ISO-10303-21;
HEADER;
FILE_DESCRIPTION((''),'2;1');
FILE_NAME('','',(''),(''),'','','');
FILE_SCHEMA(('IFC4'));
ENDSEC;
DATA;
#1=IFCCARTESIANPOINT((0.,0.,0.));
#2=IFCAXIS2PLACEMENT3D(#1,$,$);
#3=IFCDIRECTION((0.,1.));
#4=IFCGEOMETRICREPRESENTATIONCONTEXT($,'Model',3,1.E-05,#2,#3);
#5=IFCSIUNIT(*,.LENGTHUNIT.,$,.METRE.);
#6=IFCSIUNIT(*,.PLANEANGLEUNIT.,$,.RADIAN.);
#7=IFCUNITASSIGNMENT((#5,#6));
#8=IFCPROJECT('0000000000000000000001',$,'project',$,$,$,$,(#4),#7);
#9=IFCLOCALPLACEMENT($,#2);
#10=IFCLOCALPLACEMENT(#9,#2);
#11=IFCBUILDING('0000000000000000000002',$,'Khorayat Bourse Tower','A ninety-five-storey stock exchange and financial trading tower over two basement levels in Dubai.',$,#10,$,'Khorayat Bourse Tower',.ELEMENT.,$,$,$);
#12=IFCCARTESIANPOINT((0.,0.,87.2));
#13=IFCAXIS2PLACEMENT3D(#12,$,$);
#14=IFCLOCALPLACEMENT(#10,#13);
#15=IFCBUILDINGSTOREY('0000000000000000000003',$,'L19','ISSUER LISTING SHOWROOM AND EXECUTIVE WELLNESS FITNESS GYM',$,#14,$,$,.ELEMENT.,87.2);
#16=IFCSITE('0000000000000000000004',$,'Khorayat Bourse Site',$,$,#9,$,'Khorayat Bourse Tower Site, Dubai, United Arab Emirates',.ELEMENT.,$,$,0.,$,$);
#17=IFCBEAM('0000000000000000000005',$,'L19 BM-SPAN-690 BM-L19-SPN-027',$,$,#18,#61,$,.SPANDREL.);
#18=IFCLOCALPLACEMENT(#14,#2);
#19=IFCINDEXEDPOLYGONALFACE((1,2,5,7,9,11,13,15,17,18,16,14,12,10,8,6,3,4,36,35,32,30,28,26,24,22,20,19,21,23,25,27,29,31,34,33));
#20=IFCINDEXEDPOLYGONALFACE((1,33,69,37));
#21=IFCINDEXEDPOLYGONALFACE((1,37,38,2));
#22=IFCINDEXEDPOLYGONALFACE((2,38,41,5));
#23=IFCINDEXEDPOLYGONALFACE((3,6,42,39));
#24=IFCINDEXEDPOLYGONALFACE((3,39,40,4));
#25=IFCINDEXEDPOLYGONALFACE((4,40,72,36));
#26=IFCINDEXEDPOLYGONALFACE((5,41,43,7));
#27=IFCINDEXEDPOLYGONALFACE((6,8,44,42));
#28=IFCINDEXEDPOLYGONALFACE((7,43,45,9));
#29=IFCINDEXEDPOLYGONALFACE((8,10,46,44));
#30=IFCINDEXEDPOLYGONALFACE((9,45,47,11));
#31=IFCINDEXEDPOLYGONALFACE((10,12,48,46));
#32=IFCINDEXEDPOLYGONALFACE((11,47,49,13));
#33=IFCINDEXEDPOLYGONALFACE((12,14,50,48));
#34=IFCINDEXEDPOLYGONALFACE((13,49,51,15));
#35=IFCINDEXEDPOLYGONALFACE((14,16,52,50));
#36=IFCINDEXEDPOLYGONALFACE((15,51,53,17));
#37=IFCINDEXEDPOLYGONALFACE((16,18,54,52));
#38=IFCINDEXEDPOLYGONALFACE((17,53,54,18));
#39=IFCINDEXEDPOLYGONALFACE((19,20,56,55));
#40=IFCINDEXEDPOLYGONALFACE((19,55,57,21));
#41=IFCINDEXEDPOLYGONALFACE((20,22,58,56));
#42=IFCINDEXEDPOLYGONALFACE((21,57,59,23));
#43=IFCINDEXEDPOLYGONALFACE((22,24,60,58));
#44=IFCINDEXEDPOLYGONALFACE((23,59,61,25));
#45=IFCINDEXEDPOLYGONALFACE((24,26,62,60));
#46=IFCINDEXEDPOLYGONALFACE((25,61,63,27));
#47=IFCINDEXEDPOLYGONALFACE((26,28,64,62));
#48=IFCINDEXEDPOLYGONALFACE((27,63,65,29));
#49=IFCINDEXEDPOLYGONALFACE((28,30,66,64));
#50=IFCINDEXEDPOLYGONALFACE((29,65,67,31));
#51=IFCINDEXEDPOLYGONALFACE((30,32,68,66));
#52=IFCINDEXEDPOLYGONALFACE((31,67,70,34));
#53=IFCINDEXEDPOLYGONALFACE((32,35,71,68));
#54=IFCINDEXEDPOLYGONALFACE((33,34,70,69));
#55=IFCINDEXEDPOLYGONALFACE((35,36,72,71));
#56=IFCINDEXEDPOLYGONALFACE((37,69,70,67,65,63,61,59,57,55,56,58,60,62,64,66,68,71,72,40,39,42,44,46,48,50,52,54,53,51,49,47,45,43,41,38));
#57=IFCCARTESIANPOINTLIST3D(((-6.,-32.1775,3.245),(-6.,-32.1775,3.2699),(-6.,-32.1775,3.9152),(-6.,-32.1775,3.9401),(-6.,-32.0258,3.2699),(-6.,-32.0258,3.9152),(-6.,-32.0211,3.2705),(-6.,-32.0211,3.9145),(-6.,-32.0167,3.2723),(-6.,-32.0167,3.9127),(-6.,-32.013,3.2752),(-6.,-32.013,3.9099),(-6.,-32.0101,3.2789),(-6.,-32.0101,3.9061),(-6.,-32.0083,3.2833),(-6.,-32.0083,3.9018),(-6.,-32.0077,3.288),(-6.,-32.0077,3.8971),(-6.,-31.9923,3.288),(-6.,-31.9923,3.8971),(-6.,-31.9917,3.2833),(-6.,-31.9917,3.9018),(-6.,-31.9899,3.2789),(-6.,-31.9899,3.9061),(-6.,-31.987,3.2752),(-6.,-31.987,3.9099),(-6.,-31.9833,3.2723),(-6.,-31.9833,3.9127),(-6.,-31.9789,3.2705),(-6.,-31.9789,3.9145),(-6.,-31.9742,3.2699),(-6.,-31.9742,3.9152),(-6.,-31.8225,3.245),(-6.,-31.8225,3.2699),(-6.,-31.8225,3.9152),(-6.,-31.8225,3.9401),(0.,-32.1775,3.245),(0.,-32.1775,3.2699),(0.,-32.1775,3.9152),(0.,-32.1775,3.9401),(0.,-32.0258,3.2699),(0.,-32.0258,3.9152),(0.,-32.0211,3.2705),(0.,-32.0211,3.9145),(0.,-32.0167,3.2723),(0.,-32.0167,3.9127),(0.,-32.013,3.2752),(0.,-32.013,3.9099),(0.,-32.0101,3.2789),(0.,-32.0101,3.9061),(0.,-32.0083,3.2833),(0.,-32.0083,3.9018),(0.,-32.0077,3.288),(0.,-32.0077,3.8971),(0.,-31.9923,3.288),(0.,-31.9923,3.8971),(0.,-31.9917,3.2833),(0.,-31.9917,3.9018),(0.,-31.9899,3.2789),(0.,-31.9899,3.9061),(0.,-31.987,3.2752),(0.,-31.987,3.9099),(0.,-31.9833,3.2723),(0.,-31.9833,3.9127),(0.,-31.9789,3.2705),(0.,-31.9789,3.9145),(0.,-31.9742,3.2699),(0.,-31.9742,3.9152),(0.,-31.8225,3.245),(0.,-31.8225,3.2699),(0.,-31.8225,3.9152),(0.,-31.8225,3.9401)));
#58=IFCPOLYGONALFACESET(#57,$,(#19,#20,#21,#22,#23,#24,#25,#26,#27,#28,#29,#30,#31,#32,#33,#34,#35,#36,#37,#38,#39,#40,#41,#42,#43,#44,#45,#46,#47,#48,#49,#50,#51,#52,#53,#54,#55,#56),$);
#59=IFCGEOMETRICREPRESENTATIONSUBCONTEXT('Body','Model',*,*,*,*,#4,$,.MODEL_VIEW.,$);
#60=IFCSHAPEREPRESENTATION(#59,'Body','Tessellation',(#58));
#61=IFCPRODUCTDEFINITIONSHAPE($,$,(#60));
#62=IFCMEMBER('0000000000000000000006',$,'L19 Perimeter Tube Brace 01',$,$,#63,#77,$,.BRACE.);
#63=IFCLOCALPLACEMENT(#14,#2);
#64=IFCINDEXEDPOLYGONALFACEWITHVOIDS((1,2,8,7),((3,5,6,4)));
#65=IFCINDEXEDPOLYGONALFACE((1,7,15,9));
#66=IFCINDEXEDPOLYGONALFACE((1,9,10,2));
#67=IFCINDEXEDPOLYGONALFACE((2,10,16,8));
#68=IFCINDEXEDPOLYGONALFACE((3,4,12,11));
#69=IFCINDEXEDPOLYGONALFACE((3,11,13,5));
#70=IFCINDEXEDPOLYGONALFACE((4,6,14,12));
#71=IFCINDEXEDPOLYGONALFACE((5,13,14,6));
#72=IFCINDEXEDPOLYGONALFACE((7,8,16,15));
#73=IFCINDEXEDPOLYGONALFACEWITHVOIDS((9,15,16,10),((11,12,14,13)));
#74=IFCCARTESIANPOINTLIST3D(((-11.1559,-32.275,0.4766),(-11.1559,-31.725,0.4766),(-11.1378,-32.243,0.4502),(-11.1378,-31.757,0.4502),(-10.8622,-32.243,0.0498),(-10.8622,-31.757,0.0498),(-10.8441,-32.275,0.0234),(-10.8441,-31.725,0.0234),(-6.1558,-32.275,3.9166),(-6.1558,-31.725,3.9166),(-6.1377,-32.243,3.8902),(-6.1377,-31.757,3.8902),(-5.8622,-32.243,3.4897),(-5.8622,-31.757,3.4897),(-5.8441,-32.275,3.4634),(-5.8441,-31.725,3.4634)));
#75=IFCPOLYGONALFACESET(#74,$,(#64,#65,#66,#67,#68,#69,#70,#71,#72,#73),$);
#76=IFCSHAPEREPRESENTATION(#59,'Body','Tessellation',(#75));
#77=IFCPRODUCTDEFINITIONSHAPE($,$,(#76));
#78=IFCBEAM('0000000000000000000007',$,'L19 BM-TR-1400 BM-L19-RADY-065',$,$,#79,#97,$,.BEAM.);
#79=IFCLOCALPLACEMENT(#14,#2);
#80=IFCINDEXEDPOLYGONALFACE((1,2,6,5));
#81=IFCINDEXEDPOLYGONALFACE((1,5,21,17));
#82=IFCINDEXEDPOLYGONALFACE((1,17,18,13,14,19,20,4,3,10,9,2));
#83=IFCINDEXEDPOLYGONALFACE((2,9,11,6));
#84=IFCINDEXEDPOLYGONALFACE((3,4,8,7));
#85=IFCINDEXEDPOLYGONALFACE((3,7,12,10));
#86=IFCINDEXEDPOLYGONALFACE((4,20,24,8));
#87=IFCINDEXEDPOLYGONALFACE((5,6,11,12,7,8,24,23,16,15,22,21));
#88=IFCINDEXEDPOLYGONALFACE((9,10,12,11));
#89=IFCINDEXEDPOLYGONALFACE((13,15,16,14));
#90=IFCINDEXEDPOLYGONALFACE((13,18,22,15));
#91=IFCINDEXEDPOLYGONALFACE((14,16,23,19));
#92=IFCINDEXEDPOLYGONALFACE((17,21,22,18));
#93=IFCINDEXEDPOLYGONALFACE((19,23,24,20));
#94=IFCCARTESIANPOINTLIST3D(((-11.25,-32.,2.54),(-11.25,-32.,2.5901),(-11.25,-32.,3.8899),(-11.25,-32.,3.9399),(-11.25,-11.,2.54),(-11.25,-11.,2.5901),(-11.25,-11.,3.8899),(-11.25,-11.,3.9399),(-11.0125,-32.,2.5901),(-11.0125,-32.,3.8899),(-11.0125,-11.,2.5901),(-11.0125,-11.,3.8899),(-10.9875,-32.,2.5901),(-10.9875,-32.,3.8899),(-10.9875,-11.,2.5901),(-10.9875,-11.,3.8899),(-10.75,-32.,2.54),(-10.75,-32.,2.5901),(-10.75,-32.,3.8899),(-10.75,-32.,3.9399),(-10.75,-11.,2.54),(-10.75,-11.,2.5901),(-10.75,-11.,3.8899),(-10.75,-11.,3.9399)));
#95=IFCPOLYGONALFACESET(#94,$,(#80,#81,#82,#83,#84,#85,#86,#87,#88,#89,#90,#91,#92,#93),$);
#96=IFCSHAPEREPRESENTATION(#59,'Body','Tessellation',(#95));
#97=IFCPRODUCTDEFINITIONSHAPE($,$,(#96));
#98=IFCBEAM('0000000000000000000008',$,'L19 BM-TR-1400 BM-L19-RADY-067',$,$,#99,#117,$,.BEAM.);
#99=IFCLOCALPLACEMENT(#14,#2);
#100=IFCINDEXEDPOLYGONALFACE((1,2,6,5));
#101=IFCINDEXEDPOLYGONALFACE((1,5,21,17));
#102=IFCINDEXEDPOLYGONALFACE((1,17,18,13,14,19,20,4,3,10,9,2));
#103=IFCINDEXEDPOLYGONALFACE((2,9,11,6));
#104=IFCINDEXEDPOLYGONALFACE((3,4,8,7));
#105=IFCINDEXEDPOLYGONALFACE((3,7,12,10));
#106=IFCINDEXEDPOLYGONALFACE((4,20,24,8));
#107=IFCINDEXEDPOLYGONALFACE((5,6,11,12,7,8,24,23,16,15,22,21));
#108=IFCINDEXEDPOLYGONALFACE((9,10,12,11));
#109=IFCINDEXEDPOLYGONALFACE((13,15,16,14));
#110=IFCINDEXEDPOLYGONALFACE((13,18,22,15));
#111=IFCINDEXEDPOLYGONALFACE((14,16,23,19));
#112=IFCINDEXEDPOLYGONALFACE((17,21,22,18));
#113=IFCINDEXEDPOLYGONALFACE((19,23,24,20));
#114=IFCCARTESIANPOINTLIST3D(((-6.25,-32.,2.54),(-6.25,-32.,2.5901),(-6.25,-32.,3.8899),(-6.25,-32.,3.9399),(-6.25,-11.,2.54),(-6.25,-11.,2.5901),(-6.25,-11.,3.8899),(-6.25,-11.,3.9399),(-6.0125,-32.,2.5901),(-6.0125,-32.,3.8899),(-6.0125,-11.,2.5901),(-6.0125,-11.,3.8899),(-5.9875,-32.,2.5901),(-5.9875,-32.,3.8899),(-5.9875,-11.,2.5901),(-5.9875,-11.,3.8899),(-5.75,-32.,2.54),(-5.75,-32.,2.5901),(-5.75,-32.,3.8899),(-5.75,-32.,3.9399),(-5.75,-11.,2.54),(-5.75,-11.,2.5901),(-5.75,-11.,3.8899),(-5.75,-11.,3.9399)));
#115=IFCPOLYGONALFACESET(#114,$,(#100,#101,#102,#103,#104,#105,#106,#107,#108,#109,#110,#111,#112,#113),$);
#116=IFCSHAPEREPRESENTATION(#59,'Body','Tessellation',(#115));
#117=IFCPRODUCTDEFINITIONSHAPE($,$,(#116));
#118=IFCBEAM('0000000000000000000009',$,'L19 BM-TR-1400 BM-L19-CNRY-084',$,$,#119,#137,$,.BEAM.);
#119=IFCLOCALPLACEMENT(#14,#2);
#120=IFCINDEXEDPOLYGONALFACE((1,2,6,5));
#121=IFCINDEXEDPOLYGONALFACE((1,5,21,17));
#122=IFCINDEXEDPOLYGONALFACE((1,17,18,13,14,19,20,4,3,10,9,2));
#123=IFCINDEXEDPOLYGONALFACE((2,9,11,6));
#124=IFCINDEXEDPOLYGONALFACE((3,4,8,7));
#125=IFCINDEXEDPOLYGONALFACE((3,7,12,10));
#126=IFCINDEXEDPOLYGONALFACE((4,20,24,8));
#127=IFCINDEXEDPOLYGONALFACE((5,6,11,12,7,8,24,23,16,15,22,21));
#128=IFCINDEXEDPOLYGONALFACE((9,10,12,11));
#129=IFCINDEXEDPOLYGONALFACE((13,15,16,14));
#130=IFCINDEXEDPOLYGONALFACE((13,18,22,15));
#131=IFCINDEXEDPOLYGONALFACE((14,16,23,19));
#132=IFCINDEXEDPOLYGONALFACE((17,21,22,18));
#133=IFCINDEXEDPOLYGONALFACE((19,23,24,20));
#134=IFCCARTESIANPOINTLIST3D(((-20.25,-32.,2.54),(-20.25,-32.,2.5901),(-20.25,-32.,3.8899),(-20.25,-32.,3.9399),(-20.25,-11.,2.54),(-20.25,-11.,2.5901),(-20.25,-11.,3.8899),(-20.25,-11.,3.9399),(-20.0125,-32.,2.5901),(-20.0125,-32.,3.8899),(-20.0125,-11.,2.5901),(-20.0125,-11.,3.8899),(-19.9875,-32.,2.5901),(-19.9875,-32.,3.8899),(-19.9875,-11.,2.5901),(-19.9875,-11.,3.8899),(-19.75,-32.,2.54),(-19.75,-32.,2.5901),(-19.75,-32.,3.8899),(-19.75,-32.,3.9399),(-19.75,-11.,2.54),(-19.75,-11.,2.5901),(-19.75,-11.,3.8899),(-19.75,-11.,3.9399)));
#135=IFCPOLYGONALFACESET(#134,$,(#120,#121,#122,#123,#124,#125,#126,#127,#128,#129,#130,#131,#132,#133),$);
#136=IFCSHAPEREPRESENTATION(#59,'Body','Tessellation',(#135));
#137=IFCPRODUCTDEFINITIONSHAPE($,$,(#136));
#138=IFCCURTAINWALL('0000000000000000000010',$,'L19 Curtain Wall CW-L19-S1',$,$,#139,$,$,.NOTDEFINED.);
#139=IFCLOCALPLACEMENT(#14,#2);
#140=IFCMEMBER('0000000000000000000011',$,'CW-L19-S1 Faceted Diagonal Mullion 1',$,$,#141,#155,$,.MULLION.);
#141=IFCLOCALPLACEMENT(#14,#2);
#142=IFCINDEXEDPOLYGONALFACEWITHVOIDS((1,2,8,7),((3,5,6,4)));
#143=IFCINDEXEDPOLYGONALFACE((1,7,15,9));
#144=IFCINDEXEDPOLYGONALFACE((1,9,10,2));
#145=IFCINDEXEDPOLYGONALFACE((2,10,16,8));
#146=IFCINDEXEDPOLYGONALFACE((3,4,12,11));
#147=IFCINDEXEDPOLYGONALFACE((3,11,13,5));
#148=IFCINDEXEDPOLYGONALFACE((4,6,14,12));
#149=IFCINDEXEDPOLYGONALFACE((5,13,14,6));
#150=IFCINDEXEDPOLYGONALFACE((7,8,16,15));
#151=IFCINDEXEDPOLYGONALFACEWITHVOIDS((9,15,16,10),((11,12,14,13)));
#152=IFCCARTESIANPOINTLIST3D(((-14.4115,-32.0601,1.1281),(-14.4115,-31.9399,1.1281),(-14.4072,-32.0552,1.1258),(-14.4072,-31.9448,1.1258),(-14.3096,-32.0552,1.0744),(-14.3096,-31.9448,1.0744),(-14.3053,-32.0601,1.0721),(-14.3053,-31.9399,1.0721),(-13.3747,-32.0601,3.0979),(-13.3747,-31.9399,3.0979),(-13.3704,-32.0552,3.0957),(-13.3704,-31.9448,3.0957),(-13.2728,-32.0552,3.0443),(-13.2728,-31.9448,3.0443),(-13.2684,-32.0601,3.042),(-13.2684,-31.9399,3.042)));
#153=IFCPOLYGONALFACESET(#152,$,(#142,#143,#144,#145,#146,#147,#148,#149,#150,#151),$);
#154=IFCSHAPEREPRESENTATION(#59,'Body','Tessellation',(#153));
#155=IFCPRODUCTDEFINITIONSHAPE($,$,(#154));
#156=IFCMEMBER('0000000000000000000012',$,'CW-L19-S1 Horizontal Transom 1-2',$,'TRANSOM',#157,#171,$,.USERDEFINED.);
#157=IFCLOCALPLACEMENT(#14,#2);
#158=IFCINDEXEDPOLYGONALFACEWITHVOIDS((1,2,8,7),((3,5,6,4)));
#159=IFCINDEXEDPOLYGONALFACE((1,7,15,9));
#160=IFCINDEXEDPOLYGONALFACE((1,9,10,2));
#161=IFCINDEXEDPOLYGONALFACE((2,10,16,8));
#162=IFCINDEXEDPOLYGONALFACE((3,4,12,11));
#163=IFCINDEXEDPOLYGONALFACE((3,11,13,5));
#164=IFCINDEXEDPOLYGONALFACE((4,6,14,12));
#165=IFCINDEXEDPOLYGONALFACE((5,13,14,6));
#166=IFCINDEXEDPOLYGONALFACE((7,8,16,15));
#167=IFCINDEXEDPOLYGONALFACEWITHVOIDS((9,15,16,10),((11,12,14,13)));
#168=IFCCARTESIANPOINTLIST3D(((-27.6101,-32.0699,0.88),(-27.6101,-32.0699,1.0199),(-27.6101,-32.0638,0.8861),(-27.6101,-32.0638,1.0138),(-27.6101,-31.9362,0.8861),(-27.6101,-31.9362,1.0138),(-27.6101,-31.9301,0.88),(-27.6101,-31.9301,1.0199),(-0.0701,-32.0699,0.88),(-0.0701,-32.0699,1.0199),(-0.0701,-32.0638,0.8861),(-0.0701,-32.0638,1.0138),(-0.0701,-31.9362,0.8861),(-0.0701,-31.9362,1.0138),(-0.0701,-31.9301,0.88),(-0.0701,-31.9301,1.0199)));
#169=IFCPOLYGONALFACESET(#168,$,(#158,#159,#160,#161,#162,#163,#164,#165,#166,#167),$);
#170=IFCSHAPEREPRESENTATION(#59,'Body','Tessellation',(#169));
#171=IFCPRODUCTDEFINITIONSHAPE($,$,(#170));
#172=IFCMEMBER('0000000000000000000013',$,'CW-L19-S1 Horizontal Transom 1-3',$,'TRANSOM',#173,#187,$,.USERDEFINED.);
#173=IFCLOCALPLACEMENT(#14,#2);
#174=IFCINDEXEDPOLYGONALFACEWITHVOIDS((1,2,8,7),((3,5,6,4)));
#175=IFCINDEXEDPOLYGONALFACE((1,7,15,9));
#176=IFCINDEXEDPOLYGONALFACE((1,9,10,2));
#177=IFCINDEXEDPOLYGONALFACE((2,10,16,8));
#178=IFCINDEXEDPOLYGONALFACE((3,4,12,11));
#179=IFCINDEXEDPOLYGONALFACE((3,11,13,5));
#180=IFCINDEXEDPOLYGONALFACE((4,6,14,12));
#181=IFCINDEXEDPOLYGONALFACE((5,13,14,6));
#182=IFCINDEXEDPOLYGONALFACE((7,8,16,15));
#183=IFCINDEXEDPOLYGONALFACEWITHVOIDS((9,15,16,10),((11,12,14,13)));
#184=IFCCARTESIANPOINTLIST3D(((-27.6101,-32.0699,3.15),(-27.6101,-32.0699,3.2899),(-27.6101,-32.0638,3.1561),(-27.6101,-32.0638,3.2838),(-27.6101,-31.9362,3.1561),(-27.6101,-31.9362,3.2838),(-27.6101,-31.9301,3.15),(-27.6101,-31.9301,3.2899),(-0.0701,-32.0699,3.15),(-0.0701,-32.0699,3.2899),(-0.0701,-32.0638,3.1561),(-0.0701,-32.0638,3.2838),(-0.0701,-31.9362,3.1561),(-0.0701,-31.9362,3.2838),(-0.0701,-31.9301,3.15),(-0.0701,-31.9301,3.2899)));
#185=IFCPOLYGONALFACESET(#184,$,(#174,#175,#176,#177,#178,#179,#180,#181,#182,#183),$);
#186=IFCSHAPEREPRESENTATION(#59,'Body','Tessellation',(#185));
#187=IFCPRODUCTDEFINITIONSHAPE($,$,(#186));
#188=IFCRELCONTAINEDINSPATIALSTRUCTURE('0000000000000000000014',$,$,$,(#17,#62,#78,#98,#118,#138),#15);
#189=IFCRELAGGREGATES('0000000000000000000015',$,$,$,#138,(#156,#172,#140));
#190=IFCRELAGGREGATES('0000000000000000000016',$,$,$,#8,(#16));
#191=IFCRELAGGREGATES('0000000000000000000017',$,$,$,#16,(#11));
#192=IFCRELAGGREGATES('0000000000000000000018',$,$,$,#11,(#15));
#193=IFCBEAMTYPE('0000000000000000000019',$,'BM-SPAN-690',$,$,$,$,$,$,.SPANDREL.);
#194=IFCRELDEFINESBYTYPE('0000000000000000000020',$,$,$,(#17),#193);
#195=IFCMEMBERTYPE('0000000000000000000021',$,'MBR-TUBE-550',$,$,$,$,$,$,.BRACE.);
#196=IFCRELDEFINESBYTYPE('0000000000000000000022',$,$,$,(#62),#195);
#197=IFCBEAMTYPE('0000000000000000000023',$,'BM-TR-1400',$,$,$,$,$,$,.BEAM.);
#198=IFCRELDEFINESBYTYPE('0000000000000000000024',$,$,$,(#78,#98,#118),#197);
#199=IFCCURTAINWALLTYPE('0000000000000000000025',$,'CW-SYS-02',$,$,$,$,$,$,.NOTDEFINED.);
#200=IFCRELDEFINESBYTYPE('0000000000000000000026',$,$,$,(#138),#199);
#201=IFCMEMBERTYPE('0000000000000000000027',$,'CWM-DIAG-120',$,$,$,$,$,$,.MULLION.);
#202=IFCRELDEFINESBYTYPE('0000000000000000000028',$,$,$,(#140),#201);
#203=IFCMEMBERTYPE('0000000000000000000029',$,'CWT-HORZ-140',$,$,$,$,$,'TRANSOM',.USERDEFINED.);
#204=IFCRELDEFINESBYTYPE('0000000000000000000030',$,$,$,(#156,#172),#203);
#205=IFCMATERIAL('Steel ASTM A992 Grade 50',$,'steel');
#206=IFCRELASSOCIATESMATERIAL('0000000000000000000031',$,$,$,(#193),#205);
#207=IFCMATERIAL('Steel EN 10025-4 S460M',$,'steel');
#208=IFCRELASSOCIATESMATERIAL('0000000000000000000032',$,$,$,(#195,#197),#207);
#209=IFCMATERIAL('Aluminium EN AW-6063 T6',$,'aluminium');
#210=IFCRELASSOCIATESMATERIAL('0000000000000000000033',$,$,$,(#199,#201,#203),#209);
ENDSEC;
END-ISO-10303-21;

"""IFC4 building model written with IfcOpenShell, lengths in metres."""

from ifc_helpers import new_model, si_unit, direction, frame, origin, origin_2d, place, context, subcontext, project, spatial, hollow_rectangle, i_section, extrude, source, transform, mapped, material, material_profile, profile_set, type_object, element, aggregate, save


model = new_model("IFC4")

# Units and contexts
model_context = context("Model", 3, precision=1e-05, world=origin(), true_north=direction((0.0, 1.0)))
body_context = subcontext(model_context, "Body", "Model", "MODEL_VIEW")
ifc_project = project(units=[si_unit("LENGTHUNIT", "METRE"), si_unit("PLANEANGLEUNIT", "RADIAN")], contexts=[model_context])

# Site, building, storey
site_placement = place(None, origin())
site = spatial("IfcSite", under=ifc_project, at=site_placement, Name="Khorayat Bourse Site", LongName="Khorayat Bourse Tower Site, Dubai, United Arab Emirates", CompositionType="ELEMENT", RefElevation=0.0)
building_placement = place(site_placement, origin())
building = spatial("IfcBuilding", under=site, at=building_placement, Name="Khorayat Bourse Tower", Description="A ninety-five-storey stock exchange and financial trading tower over two basement levels in Dubai.", LongName="Khorayat Bourse Tower", CompositionType="ELEMENT")
storey_placement = place(building_placement, frame((0.0, 0.0, 87.2)))
storey = spatial("IfcBuildingStorey", under=building, at=storey_placement, Name="L19", Description="ISSUER LISTING SHOWROOM AND EXECUTIVE WELLNESS FITNESS GYM", CompositionType="ELEMENT", Elevation=87.2)

# Shared definitions
ifc_material_1 = material(Name="Steel EN 10025-4 S460M", Category="steel")

# Beam
ifc_material_2 = material(Name="Steel ASTM A992 Grade 50", Category="steel")
ifc_material_profile_1 = material_profile(ifc_material_2, i_section(OverallWidth=0.355, OverallDepth=0.6951, WebThickness=0.0154, FlangeThickness=0.0249, FilletRadius=0.0181, at=origin_2d()), Name="W690X217")
ifc_profile_set_1 = profile_set([ifc_material_profile_1], Name="Steel ASTM A992 Grade 50")
beam_type_1 = type_object("IfcBeamType", Name="BM-SPAN-690", PredefinedType="SPANDREL", material=ifc_profile_set_1)
shared_shape_1 = source(origin(), body_context, "Body", "SweptSolid", [
    extrude(i_section(OverallWidth=0.355, OverallDepth=0.6951, WebThickness=0.0154, FlangeThickness=0.0249, FilletRadius=0.0181, at=origin_2d()), origin(), (0.0, 0.0, 1.0), 6.0),
])
beam_1_placement = place(storey_placement, frame((-6.0, -32.0, 3.5925), z_axis=(1.0, 0.0, 0.0), x_axis=(0.0, 1.0, 0.0)))
element("IfcBeam", 1, at=beam_1_placement, inside=storey, type_object=beam_type_1, Name="L19 BM-SPAN-690 BM-L19-SPN-027", PredefinedType="SPANDREL", context=body_context, shape_type="MappedRepresentation", body=[
    mapped(shared_shape_1, transform((0.0, 0.0, 0.0), scale=1.0)),
])

# Member
ifc_material_profile_2 = material_profile(ifc_material_1, hollow_rectangle(XDim=0.55, YDim=0.55, WallThickness=0.032, at=origin_2d()), Name="HSS 550x550x32")
ifc_profile_set_2 = profile_set([ifc_material_profile_2], Name="Steel EN 10025-4 S460M")
member_type_1 = type_object("IfcMemberType", Name="MBR-TUBE-550", PredefinedType="BRACE", material=ifc_profile_set_2)
shared_shape_2 = source(origin(), body_context, "Body", "SweptSolid", [
    extrude(hollow_rectangle(XDim=0.55, YDim=0.55, WallThickness=0.032, at=origin_2d()), origin(), (0.0, 0.0, 1.0), 6.0691),
])
member_1_placement = place(storey_placement, frame((-11.0, -32.0, 0.25), z_axis=(0.823854, 0.0, 0.566802), x_axis=(0.0, 1.0, 0.0)))
element("IfcMember", 2, at=member_1_placement, inside=storey, type_object=member_type_1, Name="L19 Perimeter Tube Brace 01", PredefinedType="BRACE", context=body_context, shape_type="MappedRepresentation", body=[
    mapped(shared_shape_2, transform((0.0, 0.0, 0.0), scale=1.0)),
])

# Beams
ifc_material_profile_3 = material_profile(ifc_material_1, i_section(OverallWidth=0.5, OverallDepth=1.3999, WebThickness=0.0249, FlangeThickness=0.05, at=origin_2d()), Name="PG 1400x500x25x50")
ifc_profile_set_3 = profile_set([ifc_material_profile_3], Name="Steel EN 10025-4 S460M")
beam_type_2 = type_object("IfcBeamType", Name="BM-TR-1400", PredefinedType="BEAM", material=ifc_profile_set_3)
shared_shape_3 = source(origin(), body_context, "Body", "SweptSolid", [
    extrude(i_section(OverallWidth=0.5, OverallDepth=1.3999, WebThickness=0.0249, FlangeThickness=0.05, at=origin_2d()), origin(), (0.0, 0.0, 1.0), 21.0),
])
for number, where, z_axis, x_axis, name in (
    (3, (-11.0, -32.0, 3.24), (0.0, 1.0, 0.0), (-1.0, 0.0, 0.0), "L19 BM-TR-1400 BM-L19-RADY-065"),
    (4, (-6.0, -32.0, 3.24), (0.0, 1.0, 0.0), (-1.0, 0.0, 0.0), "L19 BM-TR-1400 BM-L19-RADY-067"),
    (5, (-20.0, -32.0, 3.24), (0.0, 1.0, 0.0), (-1.0, 0.0, 0.0), "L19 BM-TR-1400 BM-L19-CNRY-084"),
):
    element("IfcBeam", number, at=place(storey_placement, frame(where, z_axis=z_axis, x_axis=x_axis)), inside=storey, type_object=beam_type_2, Name=name, PredefinedType="BEAM", context=body_context, shape_type="MappedRepresentation", body=[
        mapped(shared_shape_3, transform((0.0, 0.0, 0.0), scale=1.0)),
    ])

# Curtain wall, members
ifc_material_3 = material(Name="Aluminium EN AW-6063 T6", Category="aluminium")
curtain_wall_type = type_object("IfcCurtainWallType", Name="CW-SYS-02", PredefinedType="NOTDEFINED", material=ifc_material_3)
curtain_wall_placement = place(storey_placement, origin())
curtain_wall = element("IfcCurtainWall", 6, at=curtain_wall_placement, inside=storey, type_object=curtain_wall_type, Name="L19 Curtain Wall CW-L19-S1", PredefinedType="NOTDEFINED")
ifc_material_profile_4 = material_profile(ifc_material_3, hollow_rectangle(XDim=0.1201, YDim=0.1201, WallThickness=0.0049, at=origin_2d()), Name="ALU 120x120x5")
ifc_profile_set_4 = profile_set([ifc_material_profile_4], Name="Aluminium EN AW-6063 T6")
member_type_2 = type_object("IfcMemberType", Name="CWM-DIAG-120", PredefinedType="MULLION", material=ifc_profile_set_4)
shared_shape_4 = source(origin(), body_context, "Body", "SweptSolid", [
    extrude(hollow_rectangle(XDim=0.1201, YDim=0.1201, WallThickness=0.0049, at=origin_2d()), origin(), (0.0, 0.0, 1.0), 2.2261),
])
member_2_placement = place(storey_placement, frame((-14.3584, -32.0, 1.1001), z_axis=(0.46576, 0.0, 0.884911), x_axis=(0.0, 1.0, 0.0)))
member_2 = element("IfcMember", 7, at=member_2_placement, type_object=member_type_2, Name="CW-L19-S1 Faceted Diagonal Mullion 1", PredefinedType="MULLION", context=body_context, shape_type="MappedRepresentation", body=[
    mapped(shared_shape_4, transform((0.0, 0.0, 0.0), scale=1.0)),
])
ifc_material_profile_5 = material_profile(ifc_material_3, hollow_rectangle(XDim=0.1399, YDim=0.1399, WallThickness=0.0061, at=origin_2d()), Name="ALU 140x140x6")
ifc_profile_set_5 = profile_set([ifc_material_profile_5], Name="Aluminium EN AW-6063 T6")
member_type_3 = type_object("IfcMemberType", Name="CWT-HORZ-140", ElementType="TRANSOM", PredefinedType="USERDEFINED", material=ifc_profile_set_5)
shared_shape_5 = source(origin(), body_context, "Body", "SweptSolid", [
    extrude(hollow_rectangle(XDim=0.1399, YDim=0.1399, WallThickness=0.0061, at=origin_2d()), origin(), (0.0, 0.0, 1.0), 27.54),
])
member_3_placement = place(storey_placement, frame((-27.6101, -32.0, 0.95), z_axis=(1.0, 0.0, 0.0), x_axis=(0.0, 1.0, 0.0)))
member_3 = element("IfcMember", 8, at=member_3_placement, type_object=member_type_3, Name="CW-L19-S1 Horizontal Transom 1-2", ObjectType="TRANSOM", PredefinedType="USERDEFINED", context=body_context, shape_type="MappedRepresentation", body=[
    mapped(shared_shape_5, transform((0.0, 0.0, 0.0), scale=1.0)),
])
member_4_placement = place(storey_placement, frame((-27.6101, -32.0, 3.22), z_axis=(1.0, 0.0, 0.0), x_axis=(0.0, 1.0, 0.0)))
member_4 = element("IfcMember", 9, at=member_4_placement, type_object=member_type_3, Name="CW-L19-S1 Horizontal Transom 1-3", ObjectType="TRANSOM", PredefinedType="USERDEFINED", context=body_context, shape_type="MappedRepresentation", body=[
    mapped(shared_shape_5, transform((0.0, 0.0, 0.0), scale=1.0)),
])

aggregate(curtain_wall, [member_3, member_4, member_2])

save(model, "model.ifc")
